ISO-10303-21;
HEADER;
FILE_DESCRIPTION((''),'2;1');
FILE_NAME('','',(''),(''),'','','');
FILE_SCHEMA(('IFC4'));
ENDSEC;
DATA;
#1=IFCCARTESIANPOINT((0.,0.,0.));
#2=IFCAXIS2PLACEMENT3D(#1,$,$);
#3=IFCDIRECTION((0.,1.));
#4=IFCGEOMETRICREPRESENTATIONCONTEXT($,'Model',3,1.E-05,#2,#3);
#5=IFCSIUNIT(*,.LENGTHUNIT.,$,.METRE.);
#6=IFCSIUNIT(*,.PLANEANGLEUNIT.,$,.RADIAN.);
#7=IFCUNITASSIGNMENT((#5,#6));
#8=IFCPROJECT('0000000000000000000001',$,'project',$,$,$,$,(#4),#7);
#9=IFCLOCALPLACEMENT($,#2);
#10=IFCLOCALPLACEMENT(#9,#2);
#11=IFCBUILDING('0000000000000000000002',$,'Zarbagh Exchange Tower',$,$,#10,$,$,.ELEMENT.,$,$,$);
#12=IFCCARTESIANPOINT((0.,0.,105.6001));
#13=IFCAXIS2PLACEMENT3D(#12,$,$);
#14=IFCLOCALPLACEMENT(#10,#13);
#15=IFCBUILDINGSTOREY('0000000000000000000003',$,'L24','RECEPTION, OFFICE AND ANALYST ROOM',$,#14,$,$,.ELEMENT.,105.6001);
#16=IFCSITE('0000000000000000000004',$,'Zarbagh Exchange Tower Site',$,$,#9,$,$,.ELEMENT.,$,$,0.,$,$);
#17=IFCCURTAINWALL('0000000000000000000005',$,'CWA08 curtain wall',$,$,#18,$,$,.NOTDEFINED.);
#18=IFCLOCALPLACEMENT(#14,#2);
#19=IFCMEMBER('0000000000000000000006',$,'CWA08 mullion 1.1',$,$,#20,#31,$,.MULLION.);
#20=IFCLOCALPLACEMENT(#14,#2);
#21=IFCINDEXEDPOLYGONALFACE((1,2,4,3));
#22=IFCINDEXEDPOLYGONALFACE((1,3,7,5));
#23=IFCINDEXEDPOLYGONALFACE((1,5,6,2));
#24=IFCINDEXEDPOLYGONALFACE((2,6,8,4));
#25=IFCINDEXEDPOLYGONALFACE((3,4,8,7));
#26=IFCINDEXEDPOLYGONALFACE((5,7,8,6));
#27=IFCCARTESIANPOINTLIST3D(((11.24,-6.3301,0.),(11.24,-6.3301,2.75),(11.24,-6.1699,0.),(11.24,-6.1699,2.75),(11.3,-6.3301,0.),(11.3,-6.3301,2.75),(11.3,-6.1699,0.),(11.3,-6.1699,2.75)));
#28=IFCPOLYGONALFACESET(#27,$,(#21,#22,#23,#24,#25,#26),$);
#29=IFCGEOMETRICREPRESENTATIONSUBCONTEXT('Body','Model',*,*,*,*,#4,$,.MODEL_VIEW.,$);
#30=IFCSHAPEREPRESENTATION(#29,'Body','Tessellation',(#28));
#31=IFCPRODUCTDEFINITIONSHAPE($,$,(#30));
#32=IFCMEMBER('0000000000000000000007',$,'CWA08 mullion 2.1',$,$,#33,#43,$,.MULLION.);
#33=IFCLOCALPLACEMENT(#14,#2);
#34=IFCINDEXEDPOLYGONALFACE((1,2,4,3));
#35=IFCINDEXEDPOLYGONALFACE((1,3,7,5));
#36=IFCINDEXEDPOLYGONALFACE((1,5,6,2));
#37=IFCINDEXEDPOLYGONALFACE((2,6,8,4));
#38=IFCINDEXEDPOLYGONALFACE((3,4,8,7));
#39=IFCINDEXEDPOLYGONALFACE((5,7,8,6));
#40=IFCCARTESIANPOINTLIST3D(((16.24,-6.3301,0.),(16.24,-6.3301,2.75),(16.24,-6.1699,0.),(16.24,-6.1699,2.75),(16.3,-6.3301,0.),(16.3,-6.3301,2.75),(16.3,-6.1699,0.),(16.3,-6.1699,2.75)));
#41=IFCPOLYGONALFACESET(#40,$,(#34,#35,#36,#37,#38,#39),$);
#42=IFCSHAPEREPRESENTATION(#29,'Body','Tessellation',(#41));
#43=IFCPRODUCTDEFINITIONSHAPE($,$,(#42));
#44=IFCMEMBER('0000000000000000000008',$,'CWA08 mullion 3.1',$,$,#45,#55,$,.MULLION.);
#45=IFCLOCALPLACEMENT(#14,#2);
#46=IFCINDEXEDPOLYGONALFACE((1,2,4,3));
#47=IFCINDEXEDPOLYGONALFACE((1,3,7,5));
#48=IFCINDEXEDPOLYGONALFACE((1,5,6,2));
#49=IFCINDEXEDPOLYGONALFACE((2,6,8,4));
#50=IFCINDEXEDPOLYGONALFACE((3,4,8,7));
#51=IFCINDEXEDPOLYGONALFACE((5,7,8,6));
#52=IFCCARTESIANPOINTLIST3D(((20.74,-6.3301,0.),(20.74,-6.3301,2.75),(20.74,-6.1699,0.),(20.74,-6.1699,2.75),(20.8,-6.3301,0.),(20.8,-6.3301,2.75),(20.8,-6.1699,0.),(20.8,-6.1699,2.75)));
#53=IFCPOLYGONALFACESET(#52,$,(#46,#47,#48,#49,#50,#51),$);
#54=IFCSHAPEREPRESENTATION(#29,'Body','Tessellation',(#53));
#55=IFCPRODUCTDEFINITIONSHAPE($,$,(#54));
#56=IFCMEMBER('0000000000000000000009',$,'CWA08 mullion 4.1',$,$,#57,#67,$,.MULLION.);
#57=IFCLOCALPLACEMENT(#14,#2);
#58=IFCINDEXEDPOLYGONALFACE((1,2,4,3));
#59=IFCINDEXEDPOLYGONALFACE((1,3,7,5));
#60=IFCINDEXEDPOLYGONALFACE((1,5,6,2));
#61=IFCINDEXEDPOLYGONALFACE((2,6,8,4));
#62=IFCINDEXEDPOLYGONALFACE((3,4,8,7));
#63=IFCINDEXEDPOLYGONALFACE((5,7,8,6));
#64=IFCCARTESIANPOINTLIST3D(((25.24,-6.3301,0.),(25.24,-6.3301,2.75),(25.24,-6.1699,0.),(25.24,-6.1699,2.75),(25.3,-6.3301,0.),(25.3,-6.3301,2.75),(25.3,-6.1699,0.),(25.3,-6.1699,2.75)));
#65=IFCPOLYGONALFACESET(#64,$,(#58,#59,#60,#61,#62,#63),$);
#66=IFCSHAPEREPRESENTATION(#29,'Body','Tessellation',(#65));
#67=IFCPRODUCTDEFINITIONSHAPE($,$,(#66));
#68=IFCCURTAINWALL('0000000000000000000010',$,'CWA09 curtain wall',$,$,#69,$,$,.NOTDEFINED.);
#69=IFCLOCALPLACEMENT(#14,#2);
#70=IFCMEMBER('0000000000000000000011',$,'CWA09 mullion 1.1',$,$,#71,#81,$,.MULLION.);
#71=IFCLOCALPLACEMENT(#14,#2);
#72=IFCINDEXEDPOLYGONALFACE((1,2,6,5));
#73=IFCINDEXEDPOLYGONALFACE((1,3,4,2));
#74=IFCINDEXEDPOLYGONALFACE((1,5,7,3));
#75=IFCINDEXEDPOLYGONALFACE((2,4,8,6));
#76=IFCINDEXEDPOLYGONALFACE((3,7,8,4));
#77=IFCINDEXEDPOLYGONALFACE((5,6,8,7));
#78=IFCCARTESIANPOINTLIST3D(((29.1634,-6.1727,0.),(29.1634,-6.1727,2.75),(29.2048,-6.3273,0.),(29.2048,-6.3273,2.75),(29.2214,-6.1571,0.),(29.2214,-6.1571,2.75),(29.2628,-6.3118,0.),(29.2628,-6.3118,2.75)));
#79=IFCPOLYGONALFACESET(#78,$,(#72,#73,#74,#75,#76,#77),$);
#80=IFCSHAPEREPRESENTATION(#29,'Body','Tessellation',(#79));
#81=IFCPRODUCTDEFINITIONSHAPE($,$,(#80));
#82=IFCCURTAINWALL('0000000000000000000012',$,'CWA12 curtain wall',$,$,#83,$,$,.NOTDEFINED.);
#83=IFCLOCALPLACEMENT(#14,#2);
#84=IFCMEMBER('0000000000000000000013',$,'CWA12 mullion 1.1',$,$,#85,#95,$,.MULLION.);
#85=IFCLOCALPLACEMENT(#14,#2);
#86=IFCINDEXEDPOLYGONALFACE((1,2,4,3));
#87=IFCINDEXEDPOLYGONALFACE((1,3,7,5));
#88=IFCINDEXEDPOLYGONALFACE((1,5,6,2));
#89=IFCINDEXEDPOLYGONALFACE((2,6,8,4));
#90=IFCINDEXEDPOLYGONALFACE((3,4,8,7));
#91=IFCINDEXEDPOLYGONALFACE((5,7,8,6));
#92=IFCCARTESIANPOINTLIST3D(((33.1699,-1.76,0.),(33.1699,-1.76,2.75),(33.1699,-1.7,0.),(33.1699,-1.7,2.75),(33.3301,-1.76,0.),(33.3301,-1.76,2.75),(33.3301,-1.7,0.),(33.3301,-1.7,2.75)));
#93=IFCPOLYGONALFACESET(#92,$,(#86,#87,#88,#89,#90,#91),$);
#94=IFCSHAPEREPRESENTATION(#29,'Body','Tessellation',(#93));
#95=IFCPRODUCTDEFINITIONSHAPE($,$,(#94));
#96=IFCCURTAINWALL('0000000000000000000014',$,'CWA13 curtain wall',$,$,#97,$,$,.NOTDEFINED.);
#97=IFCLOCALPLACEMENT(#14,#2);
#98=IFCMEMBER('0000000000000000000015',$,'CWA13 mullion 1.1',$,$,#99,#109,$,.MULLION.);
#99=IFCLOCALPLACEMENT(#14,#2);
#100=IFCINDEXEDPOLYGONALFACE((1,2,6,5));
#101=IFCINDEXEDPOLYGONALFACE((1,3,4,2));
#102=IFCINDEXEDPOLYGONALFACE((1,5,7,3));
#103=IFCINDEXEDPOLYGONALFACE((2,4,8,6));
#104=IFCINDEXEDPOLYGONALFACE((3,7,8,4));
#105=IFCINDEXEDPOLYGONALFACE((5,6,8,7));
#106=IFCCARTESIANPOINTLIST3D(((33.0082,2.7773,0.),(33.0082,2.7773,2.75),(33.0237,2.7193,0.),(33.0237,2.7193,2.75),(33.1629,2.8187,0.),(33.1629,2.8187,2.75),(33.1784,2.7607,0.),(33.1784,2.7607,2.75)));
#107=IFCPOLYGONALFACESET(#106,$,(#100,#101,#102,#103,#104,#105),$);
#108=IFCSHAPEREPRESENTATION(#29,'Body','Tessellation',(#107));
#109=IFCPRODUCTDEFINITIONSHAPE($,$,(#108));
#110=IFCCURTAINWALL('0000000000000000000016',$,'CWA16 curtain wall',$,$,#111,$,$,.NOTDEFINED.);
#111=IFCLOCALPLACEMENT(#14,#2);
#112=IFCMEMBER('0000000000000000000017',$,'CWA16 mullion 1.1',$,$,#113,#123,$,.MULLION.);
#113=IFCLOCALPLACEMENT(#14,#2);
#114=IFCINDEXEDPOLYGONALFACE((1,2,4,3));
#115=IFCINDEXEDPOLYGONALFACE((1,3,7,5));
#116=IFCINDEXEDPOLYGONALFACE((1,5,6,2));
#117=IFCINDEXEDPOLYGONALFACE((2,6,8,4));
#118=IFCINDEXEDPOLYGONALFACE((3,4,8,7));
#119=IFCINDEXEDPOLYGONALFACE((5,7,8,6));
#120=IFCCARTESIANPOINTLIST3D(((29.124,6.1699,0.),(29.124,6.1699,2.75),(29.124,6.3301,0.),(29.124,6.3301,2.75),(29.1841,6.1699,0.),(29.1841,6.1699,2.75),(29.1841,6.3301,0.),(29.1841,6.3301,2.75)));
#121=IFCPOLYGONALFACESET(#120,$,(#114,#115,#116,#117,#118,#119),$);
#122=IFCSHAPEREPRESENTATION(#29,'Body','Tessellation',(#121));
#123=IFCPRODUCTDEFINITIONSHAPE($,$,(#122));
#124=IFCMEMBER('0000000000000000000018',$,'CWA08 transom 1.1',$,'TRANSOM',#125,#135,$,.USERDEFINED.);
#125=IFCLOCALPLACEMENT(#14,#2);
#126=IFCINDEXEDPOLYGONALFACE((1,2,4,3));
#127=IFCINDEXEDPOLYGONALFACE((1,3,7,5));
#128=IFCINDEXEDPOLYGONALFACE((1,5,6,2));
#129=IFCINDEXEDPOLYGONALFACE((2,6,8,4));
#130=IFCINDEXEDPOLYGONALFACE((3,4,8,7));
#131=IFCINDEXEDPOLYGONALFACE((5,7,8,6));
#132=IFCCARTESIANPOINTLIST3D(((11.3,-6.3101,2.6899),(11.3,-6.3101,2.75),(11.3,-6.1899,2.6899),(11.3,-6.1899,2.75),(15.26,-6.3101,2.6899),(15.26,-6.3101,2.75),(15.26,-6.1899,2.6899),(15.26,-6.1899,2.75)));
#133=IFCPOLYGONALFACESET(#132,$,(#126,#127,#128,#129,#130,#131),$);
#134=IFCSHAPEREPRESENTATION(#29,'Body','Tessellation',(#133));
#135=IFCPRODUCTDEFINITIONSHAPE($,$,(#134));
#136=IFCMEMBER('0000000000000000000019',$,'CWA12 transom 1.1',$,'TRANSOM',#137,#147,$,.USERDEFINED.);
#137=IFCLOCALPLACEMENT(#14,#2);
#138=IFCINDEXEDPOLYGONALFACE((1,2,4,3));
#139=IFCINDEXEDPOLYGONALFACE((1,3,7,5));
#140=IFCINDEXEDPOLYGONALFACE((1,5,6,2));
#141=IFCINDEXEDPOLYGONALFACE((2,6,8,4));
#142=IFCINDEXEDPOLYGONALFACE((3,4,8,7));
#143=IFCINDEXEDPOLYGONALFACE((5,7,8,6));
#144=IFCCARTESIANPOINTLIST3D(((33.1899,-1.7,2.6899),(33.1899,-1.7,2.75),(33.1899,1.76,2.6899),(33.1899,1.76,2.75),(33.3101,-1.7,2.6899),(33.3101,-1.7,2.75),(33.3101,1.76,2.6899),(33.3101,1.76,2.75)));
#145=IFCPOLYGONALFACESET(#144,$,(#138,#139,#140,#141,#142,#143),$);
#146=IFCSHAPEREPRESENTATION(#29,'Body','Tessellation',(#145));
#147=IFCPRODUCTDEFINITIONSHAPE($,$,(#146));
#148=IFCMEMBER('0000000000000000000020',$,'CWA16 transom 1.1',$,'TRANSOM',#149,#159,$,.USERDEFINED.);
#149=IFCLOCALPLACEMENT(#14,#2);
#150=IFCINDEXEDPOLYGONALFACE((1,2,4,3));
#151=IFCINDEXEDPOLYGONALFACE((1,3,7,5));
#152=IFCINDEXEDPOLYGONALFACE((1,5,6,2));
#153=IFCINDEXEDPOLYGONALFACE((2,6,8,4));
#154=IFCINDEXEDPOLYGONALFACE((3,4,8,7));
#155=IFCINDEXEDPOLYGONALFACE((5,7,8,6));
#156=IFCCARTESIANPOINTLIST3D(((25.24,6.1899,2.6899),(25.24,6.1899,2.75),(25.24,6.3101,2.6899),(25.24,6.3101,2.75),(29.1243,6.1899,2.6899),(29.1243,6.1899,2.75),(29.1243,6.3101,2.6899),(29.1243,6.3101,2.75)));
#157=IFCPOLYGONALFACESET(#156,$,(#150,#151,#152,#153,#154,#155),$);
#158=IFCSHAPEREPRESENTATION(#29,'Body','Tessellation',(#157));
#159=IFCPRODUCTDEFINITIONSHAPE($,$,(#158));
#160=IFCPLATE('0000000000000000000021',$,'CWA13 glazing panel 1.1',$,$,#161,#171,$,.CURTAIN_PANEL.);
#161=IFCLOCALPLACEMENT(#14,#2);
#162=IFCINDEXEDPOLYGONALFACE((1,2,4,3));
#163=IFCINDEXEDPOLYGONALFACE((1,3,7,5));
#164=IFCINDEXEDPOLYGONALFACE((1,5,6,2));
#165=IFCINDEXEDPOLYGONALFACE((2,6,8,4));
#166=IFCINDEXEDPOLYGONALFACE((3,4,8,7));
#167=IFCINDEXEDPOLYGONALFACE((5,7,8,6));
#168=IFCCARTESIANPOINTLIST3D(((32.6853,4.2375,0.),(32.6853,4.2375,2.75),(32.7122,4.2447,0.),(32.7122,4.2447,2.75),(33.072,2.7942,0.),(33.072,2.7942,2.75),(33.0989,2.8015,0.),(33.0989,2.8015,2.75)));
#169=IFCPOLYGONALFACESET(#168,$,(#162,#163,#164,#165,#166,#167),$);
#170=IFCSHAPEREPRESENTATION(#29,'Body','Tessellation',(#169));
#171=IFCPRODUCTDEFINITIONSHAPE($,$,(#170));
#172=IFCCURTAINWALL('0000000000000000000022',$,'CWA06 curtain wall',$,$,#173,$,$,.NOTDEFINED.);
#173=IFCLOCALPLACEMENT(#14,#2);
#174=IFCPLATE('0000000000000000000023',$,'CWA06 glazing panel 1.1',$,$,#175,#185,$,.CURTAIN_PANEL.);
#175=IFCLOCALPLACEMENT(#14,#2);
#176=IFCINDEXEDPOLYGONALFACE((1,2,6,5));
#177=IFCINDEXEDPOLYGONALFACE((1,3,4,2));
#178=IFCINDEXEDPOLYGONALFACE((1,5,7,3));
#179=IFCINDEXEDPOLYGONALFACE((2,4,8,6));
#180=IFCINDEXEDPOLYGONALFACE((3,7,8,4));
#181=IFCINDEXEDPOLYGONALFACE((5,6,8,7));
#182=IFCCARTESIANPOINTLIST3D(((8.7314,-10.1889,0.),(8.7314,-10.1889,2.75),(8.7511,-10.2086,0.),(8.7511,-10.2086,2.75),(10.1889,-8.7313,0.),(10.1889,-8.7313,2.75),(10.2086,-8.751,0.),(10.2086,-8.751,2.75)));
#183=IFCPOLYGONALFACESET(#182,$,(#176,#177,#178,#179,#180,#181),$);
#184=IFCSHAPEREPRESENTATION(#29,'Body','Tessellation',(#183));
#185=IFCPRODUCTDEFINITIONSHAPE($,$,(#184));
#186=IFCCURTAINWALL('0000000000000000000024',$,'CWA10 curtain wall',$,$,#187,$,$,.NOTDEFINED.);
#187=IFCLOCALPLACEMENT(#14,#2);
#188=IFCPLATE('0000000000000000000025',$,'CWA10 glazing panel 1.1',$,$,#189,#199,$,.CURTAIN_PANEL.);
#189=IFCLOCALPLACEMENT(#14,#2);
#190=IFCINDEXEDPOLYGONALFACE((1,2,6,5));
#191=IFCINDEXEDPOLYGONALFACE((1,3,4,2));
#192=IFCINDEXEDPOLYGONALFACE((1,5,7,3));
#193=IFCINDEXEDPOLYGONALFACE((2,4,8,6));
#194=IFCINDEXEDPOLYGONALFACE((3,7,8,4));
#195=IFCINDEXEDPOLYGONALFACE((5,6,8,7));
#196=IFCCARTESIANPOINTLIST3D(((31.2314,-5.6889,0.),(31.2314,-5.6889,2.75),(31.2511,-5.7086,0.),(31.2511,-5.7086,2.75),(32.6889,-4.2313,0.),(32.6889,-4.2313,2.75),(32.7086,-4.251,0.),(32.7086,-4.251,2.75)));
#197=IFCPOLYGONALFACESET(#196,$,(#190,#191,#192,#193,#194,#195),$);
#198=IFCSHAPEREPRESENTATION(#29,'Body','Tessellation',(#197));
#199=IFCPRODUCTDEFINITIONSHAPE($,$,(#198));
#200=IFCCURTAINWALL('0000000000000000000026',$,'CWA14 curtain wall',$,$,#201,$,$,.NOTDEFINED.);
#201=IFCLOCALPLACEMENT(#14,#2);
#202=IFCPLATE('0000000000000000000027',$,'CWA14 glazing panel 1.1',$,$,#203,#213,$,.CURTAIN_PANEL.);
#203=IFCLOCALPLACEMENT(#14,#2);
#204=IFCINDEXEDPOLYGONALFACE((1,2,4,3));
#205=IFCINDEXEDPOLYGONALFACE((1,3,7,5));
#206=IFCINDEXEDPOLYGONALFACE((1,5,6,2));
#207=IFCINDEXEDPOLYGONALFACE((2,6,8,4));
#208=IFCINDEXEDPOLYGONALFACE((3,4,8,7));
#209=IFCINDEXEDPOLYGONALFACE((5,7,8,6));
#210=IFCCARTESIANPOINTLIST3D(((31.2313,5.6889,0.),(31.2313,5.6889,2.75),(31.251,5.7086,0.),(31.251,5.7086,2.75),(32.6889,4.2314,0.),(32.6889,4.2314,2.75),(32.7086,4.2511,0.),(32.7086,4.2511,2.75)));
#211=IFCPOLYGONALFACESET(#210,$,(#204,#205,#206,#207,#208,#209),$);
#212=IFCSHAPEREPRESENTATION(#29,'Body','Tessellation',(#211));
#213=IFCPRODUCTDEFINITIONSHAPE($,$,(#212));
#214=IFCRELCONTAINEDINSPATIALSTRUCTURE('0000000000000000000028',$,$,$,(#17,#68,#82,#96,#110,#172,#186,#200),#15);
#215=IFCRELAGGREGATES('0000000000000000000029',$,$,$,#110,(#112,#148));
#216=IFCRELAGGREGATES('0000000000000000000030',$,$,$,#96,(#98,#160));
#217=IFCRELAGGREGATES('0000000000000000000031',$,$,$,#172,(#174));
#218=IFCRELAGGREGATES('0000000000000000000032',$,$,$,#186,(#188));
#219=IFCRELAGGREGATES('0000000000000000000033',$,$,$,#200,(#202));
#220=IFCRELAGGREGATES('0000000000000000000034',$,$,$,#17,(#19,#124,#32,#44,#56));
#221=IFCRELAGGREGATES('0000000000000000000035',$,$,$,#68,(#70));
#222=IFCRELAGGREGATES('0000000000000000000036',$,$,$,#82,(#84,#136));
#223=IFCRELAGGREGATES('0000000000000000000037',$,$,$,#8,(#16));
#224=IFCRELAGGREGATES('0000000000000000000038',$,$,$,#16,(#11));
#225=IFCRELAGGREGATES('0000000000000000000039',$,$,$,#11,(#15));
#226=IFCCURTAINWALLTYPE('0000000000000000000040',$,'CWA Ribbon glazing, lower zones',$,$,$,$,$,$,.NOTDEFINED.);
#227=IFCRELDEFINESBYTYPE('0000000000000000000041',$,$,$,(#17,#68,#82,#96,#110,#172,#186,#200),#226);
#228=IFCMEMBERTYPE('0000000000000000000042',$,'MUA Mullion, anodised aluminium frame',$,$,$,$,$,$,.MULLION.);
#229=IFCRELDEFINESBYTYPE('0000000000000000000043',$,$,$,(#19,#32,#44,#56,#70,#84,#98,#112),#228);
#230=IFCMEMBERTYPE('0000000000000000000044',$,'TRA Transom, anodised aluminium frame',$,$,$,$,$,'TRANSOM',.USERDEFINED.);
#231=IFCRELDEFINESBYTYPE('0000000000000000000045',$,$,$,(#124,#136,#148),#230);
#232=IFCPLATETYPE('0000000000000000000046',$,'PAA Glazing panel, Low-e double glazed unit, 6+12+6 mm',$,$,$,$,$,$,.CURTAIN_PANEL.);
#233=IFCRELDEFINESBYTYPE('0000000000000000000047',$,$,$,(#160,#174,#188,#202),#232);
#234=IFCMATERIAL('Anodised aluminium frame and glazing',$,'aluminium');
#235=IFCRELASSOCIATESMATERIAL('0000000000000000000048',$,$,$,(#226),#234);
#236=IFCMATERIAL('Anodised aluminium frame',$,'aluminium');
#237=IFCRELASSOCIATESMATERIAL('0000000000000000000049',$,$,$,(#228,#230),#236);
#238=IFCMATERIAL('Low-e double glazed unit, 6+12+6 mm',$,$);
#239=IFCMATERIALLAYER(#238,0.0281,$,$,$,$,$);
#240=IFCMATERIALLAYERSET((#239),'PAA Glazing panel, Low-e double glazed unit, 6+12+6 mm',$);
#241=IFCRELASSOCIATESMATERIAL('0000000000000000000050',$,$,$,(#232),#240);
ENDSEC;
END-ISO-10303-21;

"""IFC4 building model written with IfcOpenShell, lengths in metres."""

from ifc_helpers import new_model, si_unit, direction, frame, origin, place, context, subcontext, project, spatial, polyline, outline, extrude, source, transform, mapped, material, layer, layer_set, type_object, element, aggregate, save


model = new_model("IFC4")

# Units and contexts
model_context = context("Model", 3, precision=1e-05, world=origin(), true_north=direction((0.0, 1.0)))
body_context = subcontext(model_context, "Body", "Model", "MODEL_VIEW")
ifc_project = project(units=[si_unit("LENGTHUNIT", "METRE"), si_unit("PLANEANGLEUNIT", "RADIAN")], contexts=[model_context])

# Site, building, storey
site_placement = place(None, origin())
site = spatial("IfcSite", under=ifc_project, at=site_placement, Name="Zarbagh Exchange Tower Site", CompositionType="ELEMENT", RefElevation=0.0)
building_placement = place(site_placement, origin())
building = spatial("IfcBuilding", under=site, at=building_placement, Name="Zarbagh Exchange Tower", CompositionType="ELEMENT")
storey_placement = place(building_placement, frame((0.0, 0.0, 105.6001)))
storey = spatial("IfcBuildingStorey", under=building, at=storey_placement, Name="L24", Description="RECEPTION, OFFICE AND ANALYST ROOM", CompositionType="ELEMENT", Elevation=105.6001)

# Curtain wall, members
ifc_material_1 = material(Name="Anodised aluminium frame and glazing", Category="aluminium")
curtain_wall_type = type_object("IfcCurtainWallType", Name="CWA Ribbon glazing, lower zones", PredefinedType="NOTDEFINED", material=ifc_material_1)
curtain_wall_1_placement = place(storey_placement, origin())
curtain_wall_1 = element("IfcCurtainWall", 1, at=curtain_wall_1_placement, inside=storey, type_object=curtain_wall_type, Name="CWA08 curtain wall", PredefinedType="NOTDEFINED")
ifc_material_2 = material(Name="Anodised aluminium frame", Category="aluminium")
member_type_1 = type_object("IfcMemberType", Name="MUA Mullion, anodised aluminium frame", PredefinedType="MULLION", material=ifc_material_2)
shared_shape_1 = source(origin(), body_context, "Body", "SweptSolid", [
    extrude(outline(polyline([(0.0, -0.0801), (0.0601, -0.0801), (0.0601, 0.0801), (0.0, 0.0801), (0.0, -0.0801)])), origin(), (0.0, 0.0, 1.0), 2.75),
])
placement = place(storey_placement, origin())
member_1 = element("IfcMember", 2, at=placement, type_object=member_type_1, Name="CWA08 mullion 1.1", PredefinedType="MULLION", context=body_context, shape_type="MappedRepresentation", body=[
    mapped(shared_shape_1, transform((11.24, -6.25, 0.0), x_axis=(1.0, 0.0, 0.0), y_axis=(0.0, 1.0, 0.0), z_axis=(0.0, 0.0, 1.0))),
])
member_2 = element("IfcMember", 3, at=placement, type_object=member_type_1, Name="CWA08 mullion 2.1", PredefinedType="MULLION", context=body_context, shape_type="MappedRepresentation", body=[
    mapped(shared_shape_1, transform((16.24, -6.25, 0.0), x_axis=(1.0, 0.0, 0.0), y_axis=(0.0, 1.0, 0.0), z_axis=(0.0, 0.0, 1.0))),
])
member_3 = element("IfcMember", 4, at=placement, type_object=member_type_1, Name="CWA08 mullion 3.1", PredefinedType="MULLION", context=body_context, shape_type="MappedRepresentation", body=[
    mapped(shared_shape_1, transform((20.74, -6.25, 0.0), x_axis=(1.0, 0.0, 0.0), y_axis=(0.0, 1.0, 0.0), z_axis=(0.0, 0.0, 1.0))),
])
member_4 = element("IfcMember", 5, at=placement, type_object=member_type_1, Name="CWA08 mullion 4.1", PredefinedType="MULLION", context=body_context, shape_type="MappedRepresentation", body=[
    mapped(shared_shape_1, transform((25.24, -6.25, 0.0), x_axis=(1.0, 0.0, 0.0), y_axis=(0.0, 1.0, 0.0), z_axis=(0.0, 0.0, 1.0))),
])

# Curtain walls, members
curtain_wall_2_placement = place(storey_placement, origin())
curtain_wall_2 = element("IfcCurtainWall", 6, at=curtain_wall_2_placement, inside=storey, type_object=curtain_wall_type, Name="CWA09 curtain wall", PredefinedType="NOTDEFINED")
member_5 = element("IfcMember", 7, at=placement, type_object=member_type_1, Name="CWA09 mullion 1.1", PredefinedType="MULLION", context=body_context, shape_type="MappedRepresentation", body=[
    mapped(shared_shape_1, transform((29.1841, -6.25, 0.0), x_axis=(0.965924, 0.258825, 0.0), y_axis=(-0.258825, 0.965924, 0.0), z_axis=(0.0, 0.0, 1.0))),
])
curtain_wall_3_placement = place(storey_placement, origin())
curtain_wall_3 = element("IfcCurtainWall", 8, at=curtain_wall_3_placement, inside=storey, type_object=curtain_wall_type, Name="CWA12 curtain wall", PredefinedType="NOTDEFINED")
member_6 = element("IfcMember", 9, at=placement, type_object=member_type_1, Name="CWA12 mullion 1.1", PredefinedType="MULLION", context=body_context, shape_type="MappedRepresentation", body=[
    mapped(shared_shape_1, transform((33.25, -1.76, 0.0), x_axis=(0.0, 1.0, 0.0), y_axis=(-1.0, 0.0, 0.0), z_axis=(0.0, 0.0, 1.0))),
])
curtain_wall_4_placement = place(storey_placement, origin())
curtain_wall_4 = element("IfcCurtainWall", 10, at=curtain_wall_4_placement, inside=storey, type_object=curtain_wall_type, Name="CWA13 curtain wall", PredefinedType="NOTDEFINED")
member_7 = element("IfcMember", 11, at=placement, type_object=member_type_1, Name="CWA13 mullion 1.1", PredefinedType="MULLION", context=body_context, shape_type="MappedRepresentation", body=[
    mapped(shared_shape_1, transform((33.1011, 2.74, 0.0), x_axis=(-0.258825, 0.965924, 0.0), y_axis=(-0.965924, -0.258825, 0.0), z_axis=(0.0, 0.0, 1.0))),
])
curtain_wall_5_placement = place(storey_placement, origin())
curtain_wall_5 = element("IfcCurtainWall", 12, at=curtain_wall_5_placement, inside=storey, type_object=curtain_wall_type, Name="CWA16 curtain wall", PredefinedType="NOTDEFINED")
member_8 = element("IfcMember", 13, at=placement, type_object=member_type_1, Name="CWA16 mullion 1.1", PredefinedType="MULLION", context=body_context, shape_type="MappedRepresentation", body=[
    mapped(shared_shape_1, transform((29.1841, 6.25, 0.0), x_axis=(-1.0, 0.0, 0.0), y_axis=(0.0, -1.0, 0.0), z_axis=(0.0, 0.0, 1.0))),
])

# Members
member_type_2 = type_object("IfcMemberType", Name="TRA Transom, anodised aluminium frame", ElementType="TRANSOM", PredefinedType="USERDEFINED", material=ifc_material_2)
shared_shape_2 = source(origin(), body_context, "Body", "SweptSolid", [
    extrude(outline(polyline([(-0.0601, -0.0601), (0.0, -0.0601), (0.0, 0.0601), (-0.0601, 0.0601), (-0.0601, -0.0601)])), origin(), (0.0, 0.0, 1.0), 3.96),
])
member_9 = element("IfcMember", 14, at=placement, type_object=member_type_2, Name="CWA08 transom 1.1", ObjectType="TRANSOM", PredefinedType="USERDEFINED", context=body_context, shape_type="MappedRepresentation", body=[
    mapped(shared_shape_2, transform((11.3, -6.25, 2.75), x_axis=(0.0, 0.0, 1.0), y_axis=(0.0, -1.0, 0.0), z_axis=(1.0, 0.0, 0.0))),
])
shared_shape_3 = source(origin(), body_context, "Body", "SweptSolid", [
    extrude(outline(polyline([(-0.0601, -0.0601), (0.0, -0.0601), (0.0, 0.0601), (-0.0601, 0.0601), (-0.0601, -0.0601)])), origin(), (0.0, 0.0, 1.0), 3.46),
])
member_10 = element("IfcMember", 15, at=placement, type_object=member_type_2, Name="CWA12 transom 1.1", ObjectType="TRANSOM", PredefinedType="USERDEFINED", context=body_context, shape_type="MappedRepresentation", body=[
    mapped(shared_shape_3, transform((33.25, -1.7, 2.75), x_axis=(0.0, 0.0, 1.0), y_axis=(1.0, 0.0, 0.0), z_axis=(0.0, 1.0, 0.0))),
])
shared_shape_4 = source(origin(), body_context, "Body", "SweptSolid", [
    extrude(outline(polyline([(-0.0601, -0.0601), (0.0, -0.0601), (0.0, 0.0601), (-0.0601, 0.0601), (-0.0601, -0.0601)])), origin(), (0.0, 0.0, 1.0), 3.8843),
])
member_11 = element("IfcMember", 16, at=placement, type_object=member_type_2, Name="CWA16 transom 1.1", ObjectType="TRANSOM", PredefinedType="USERDEFINED", context=body_context, shape_type="MappedRepresentation", body=[
    mapped(shared_shape_4, transform((29.1243, 6.25, 2.75), x_axis=(0.0, 0.0, 1.0), y_axis=(0.0, 1.0, 0.0), z_axis=(-1.0, 0.0, 0.0))),
])
aggregate(curtain_wall_5, [member_8, member_11])

# Plate
ifc_material_3 = material(Name="Low-e double glazed unit, 6+12+6 mm")
ifc_layer = layer(ifc_material_3, 0.0281)
ifc_layer_set = layer_set([ifc_layer], Name="PAA Glazing panel, Low-e double glazed unit, 6+12+6 mm")
plate_type = type_object("IfcPlateType", Name="PAA Glazing panel, Low-e double glazed unit, 6+12+6 mm", PredefinedType="CURTAIN_PANEL", material=ifc_layer_set)
shared_shape_5 = source(origin(), body_context, "Body", "SweptSolid", [
    extrude(outline(polyline([(0.0, -0.0139), (1.4941, -0.0139), (1.4941, 0.0139), (0.0, 0.0139), (0.0, -0.0139)])), origin(), (0.0, 0.0, 1.0), 2.75),
])
plate_1 = element("IfcPlate", 17, at=placement, type_object=plate_type, Name="CWA13 glazing panel 1.1", PredefinedType="CURTAIN_PANEL", context=body_context, shape_type="MappedRepresentation", body=[
    mapped(shared_shape_5, transform((33.0854, 2.7979, 0.0), x_axis=(-0.258825, 0.965924, 0.0), y_axis=(-0.965924, -0.258825, 0.0), z_axis=(0.0, 0.0, 1.0))),
])
aggregate(curtain_wall_4, [member_7, plate_1])

# Curtain walls, plates
curtain_wall_6_placement = place(storey_placement, origin())
curtain_wall_6 = element("IfcCurtainWall", 18, at=curtain_wall_6_placement, inside=storey, type_object=curtain_wall_type, Name="CWA06 curtain wall", PredefinedType="NOTDEFINED")
shared_shape_6 = source(origin(), body_context, "Body", "SweptSolid", [
    extrude(outline(polyline([(0.0, -0.0139), (2.0613, -0.0139), (2.0613, 0.0139), (0.0, 0.0139), (0.0, -0.0139)])), origin(), (0.0, 0.0, 1.0), 2.75),
])
plate_2 = element("IfcPlate", 19, at=placement, type_object=plate_type, Name="CWA06 glazing panel 1.1", PredefinedType="CURTAIN_PANEL", context=body_context, shape_type="MappedRepresentation", body=[
    mapped(shared_shape_6, transform((8.7412, -10.1987, 0.0), x_axis=(0.707107, 0.707107, 0.0), y_axis=(-0.707107, 0.707107, 0.0), z_axis=(0.0, 0.0, 1.0))),
])
aggregate(curtain_wall_6, [plate_2])
curtain_wall_7_placement = place(storey_placement, origin())
curtain_wall_7 = element("IfcCurtainWall", 20, at=curtain_wall_7_placement, inside=storey, type_object=curtain_wall_type, Name="CWA10 curtain wall", PredefinedType="NOTDEFINED")
plate_3 = element("IfcPlate", 21, at=placement, type_object=plate_type, Name="CWA10 glazing panel 1.1", PredefinedType="CURTAIN_PANEL", context=body_context, shape_type="MappedRepresentation", body=[
    mapped(shared_shape_6, transform((31.2412, -5.6987, 0.0), x_axis=(0.707107, 0.707107, 0.0), y_axis=(-0.707107, 0.707107, 0.0), z_axis=(0.0, 0.0, 1.0))),
])
aggregate(curtain_wall_7, [plate_3])
curtain_wall_8_placement = place(storey_placement, origin())
curtain_wall_8 = element("IfcCurtainWall", 22, at=curtain_wall_8_placement, inside=storey, type_object=curtain_wall_type, Name="CWA14 curtain wall", PredefinedType="NOTDEFINED")
plate_4 = element("IfcPlate", 23, at=placement, type_object=plate_type, Name="CWA14 glazing panel 1.1", PredefinedType="CURTAIN_PANEL", context=body_context, shape_type="MappedRepresentation", body=[
    mapped(shared_shape_6, transform((32.6987, 4.2412, 0.0), x_axis=(-0.707107, 0.707107, 0.0), y_axis=(-0.707107, -0.707107, 0.0), z_axis=(0.0, 0.0, 1.0))),
])
aggregate(curtain_wall_8, [plate_4])

aggregate(curtain_wall_1, [member_1, member_9, member_2, member_3, member_4])
aggregate(curtain_wall_2, [member_5])

aggregate(curtain_wall_3, [member_6, member_10])

save(model, "model.ifc")
